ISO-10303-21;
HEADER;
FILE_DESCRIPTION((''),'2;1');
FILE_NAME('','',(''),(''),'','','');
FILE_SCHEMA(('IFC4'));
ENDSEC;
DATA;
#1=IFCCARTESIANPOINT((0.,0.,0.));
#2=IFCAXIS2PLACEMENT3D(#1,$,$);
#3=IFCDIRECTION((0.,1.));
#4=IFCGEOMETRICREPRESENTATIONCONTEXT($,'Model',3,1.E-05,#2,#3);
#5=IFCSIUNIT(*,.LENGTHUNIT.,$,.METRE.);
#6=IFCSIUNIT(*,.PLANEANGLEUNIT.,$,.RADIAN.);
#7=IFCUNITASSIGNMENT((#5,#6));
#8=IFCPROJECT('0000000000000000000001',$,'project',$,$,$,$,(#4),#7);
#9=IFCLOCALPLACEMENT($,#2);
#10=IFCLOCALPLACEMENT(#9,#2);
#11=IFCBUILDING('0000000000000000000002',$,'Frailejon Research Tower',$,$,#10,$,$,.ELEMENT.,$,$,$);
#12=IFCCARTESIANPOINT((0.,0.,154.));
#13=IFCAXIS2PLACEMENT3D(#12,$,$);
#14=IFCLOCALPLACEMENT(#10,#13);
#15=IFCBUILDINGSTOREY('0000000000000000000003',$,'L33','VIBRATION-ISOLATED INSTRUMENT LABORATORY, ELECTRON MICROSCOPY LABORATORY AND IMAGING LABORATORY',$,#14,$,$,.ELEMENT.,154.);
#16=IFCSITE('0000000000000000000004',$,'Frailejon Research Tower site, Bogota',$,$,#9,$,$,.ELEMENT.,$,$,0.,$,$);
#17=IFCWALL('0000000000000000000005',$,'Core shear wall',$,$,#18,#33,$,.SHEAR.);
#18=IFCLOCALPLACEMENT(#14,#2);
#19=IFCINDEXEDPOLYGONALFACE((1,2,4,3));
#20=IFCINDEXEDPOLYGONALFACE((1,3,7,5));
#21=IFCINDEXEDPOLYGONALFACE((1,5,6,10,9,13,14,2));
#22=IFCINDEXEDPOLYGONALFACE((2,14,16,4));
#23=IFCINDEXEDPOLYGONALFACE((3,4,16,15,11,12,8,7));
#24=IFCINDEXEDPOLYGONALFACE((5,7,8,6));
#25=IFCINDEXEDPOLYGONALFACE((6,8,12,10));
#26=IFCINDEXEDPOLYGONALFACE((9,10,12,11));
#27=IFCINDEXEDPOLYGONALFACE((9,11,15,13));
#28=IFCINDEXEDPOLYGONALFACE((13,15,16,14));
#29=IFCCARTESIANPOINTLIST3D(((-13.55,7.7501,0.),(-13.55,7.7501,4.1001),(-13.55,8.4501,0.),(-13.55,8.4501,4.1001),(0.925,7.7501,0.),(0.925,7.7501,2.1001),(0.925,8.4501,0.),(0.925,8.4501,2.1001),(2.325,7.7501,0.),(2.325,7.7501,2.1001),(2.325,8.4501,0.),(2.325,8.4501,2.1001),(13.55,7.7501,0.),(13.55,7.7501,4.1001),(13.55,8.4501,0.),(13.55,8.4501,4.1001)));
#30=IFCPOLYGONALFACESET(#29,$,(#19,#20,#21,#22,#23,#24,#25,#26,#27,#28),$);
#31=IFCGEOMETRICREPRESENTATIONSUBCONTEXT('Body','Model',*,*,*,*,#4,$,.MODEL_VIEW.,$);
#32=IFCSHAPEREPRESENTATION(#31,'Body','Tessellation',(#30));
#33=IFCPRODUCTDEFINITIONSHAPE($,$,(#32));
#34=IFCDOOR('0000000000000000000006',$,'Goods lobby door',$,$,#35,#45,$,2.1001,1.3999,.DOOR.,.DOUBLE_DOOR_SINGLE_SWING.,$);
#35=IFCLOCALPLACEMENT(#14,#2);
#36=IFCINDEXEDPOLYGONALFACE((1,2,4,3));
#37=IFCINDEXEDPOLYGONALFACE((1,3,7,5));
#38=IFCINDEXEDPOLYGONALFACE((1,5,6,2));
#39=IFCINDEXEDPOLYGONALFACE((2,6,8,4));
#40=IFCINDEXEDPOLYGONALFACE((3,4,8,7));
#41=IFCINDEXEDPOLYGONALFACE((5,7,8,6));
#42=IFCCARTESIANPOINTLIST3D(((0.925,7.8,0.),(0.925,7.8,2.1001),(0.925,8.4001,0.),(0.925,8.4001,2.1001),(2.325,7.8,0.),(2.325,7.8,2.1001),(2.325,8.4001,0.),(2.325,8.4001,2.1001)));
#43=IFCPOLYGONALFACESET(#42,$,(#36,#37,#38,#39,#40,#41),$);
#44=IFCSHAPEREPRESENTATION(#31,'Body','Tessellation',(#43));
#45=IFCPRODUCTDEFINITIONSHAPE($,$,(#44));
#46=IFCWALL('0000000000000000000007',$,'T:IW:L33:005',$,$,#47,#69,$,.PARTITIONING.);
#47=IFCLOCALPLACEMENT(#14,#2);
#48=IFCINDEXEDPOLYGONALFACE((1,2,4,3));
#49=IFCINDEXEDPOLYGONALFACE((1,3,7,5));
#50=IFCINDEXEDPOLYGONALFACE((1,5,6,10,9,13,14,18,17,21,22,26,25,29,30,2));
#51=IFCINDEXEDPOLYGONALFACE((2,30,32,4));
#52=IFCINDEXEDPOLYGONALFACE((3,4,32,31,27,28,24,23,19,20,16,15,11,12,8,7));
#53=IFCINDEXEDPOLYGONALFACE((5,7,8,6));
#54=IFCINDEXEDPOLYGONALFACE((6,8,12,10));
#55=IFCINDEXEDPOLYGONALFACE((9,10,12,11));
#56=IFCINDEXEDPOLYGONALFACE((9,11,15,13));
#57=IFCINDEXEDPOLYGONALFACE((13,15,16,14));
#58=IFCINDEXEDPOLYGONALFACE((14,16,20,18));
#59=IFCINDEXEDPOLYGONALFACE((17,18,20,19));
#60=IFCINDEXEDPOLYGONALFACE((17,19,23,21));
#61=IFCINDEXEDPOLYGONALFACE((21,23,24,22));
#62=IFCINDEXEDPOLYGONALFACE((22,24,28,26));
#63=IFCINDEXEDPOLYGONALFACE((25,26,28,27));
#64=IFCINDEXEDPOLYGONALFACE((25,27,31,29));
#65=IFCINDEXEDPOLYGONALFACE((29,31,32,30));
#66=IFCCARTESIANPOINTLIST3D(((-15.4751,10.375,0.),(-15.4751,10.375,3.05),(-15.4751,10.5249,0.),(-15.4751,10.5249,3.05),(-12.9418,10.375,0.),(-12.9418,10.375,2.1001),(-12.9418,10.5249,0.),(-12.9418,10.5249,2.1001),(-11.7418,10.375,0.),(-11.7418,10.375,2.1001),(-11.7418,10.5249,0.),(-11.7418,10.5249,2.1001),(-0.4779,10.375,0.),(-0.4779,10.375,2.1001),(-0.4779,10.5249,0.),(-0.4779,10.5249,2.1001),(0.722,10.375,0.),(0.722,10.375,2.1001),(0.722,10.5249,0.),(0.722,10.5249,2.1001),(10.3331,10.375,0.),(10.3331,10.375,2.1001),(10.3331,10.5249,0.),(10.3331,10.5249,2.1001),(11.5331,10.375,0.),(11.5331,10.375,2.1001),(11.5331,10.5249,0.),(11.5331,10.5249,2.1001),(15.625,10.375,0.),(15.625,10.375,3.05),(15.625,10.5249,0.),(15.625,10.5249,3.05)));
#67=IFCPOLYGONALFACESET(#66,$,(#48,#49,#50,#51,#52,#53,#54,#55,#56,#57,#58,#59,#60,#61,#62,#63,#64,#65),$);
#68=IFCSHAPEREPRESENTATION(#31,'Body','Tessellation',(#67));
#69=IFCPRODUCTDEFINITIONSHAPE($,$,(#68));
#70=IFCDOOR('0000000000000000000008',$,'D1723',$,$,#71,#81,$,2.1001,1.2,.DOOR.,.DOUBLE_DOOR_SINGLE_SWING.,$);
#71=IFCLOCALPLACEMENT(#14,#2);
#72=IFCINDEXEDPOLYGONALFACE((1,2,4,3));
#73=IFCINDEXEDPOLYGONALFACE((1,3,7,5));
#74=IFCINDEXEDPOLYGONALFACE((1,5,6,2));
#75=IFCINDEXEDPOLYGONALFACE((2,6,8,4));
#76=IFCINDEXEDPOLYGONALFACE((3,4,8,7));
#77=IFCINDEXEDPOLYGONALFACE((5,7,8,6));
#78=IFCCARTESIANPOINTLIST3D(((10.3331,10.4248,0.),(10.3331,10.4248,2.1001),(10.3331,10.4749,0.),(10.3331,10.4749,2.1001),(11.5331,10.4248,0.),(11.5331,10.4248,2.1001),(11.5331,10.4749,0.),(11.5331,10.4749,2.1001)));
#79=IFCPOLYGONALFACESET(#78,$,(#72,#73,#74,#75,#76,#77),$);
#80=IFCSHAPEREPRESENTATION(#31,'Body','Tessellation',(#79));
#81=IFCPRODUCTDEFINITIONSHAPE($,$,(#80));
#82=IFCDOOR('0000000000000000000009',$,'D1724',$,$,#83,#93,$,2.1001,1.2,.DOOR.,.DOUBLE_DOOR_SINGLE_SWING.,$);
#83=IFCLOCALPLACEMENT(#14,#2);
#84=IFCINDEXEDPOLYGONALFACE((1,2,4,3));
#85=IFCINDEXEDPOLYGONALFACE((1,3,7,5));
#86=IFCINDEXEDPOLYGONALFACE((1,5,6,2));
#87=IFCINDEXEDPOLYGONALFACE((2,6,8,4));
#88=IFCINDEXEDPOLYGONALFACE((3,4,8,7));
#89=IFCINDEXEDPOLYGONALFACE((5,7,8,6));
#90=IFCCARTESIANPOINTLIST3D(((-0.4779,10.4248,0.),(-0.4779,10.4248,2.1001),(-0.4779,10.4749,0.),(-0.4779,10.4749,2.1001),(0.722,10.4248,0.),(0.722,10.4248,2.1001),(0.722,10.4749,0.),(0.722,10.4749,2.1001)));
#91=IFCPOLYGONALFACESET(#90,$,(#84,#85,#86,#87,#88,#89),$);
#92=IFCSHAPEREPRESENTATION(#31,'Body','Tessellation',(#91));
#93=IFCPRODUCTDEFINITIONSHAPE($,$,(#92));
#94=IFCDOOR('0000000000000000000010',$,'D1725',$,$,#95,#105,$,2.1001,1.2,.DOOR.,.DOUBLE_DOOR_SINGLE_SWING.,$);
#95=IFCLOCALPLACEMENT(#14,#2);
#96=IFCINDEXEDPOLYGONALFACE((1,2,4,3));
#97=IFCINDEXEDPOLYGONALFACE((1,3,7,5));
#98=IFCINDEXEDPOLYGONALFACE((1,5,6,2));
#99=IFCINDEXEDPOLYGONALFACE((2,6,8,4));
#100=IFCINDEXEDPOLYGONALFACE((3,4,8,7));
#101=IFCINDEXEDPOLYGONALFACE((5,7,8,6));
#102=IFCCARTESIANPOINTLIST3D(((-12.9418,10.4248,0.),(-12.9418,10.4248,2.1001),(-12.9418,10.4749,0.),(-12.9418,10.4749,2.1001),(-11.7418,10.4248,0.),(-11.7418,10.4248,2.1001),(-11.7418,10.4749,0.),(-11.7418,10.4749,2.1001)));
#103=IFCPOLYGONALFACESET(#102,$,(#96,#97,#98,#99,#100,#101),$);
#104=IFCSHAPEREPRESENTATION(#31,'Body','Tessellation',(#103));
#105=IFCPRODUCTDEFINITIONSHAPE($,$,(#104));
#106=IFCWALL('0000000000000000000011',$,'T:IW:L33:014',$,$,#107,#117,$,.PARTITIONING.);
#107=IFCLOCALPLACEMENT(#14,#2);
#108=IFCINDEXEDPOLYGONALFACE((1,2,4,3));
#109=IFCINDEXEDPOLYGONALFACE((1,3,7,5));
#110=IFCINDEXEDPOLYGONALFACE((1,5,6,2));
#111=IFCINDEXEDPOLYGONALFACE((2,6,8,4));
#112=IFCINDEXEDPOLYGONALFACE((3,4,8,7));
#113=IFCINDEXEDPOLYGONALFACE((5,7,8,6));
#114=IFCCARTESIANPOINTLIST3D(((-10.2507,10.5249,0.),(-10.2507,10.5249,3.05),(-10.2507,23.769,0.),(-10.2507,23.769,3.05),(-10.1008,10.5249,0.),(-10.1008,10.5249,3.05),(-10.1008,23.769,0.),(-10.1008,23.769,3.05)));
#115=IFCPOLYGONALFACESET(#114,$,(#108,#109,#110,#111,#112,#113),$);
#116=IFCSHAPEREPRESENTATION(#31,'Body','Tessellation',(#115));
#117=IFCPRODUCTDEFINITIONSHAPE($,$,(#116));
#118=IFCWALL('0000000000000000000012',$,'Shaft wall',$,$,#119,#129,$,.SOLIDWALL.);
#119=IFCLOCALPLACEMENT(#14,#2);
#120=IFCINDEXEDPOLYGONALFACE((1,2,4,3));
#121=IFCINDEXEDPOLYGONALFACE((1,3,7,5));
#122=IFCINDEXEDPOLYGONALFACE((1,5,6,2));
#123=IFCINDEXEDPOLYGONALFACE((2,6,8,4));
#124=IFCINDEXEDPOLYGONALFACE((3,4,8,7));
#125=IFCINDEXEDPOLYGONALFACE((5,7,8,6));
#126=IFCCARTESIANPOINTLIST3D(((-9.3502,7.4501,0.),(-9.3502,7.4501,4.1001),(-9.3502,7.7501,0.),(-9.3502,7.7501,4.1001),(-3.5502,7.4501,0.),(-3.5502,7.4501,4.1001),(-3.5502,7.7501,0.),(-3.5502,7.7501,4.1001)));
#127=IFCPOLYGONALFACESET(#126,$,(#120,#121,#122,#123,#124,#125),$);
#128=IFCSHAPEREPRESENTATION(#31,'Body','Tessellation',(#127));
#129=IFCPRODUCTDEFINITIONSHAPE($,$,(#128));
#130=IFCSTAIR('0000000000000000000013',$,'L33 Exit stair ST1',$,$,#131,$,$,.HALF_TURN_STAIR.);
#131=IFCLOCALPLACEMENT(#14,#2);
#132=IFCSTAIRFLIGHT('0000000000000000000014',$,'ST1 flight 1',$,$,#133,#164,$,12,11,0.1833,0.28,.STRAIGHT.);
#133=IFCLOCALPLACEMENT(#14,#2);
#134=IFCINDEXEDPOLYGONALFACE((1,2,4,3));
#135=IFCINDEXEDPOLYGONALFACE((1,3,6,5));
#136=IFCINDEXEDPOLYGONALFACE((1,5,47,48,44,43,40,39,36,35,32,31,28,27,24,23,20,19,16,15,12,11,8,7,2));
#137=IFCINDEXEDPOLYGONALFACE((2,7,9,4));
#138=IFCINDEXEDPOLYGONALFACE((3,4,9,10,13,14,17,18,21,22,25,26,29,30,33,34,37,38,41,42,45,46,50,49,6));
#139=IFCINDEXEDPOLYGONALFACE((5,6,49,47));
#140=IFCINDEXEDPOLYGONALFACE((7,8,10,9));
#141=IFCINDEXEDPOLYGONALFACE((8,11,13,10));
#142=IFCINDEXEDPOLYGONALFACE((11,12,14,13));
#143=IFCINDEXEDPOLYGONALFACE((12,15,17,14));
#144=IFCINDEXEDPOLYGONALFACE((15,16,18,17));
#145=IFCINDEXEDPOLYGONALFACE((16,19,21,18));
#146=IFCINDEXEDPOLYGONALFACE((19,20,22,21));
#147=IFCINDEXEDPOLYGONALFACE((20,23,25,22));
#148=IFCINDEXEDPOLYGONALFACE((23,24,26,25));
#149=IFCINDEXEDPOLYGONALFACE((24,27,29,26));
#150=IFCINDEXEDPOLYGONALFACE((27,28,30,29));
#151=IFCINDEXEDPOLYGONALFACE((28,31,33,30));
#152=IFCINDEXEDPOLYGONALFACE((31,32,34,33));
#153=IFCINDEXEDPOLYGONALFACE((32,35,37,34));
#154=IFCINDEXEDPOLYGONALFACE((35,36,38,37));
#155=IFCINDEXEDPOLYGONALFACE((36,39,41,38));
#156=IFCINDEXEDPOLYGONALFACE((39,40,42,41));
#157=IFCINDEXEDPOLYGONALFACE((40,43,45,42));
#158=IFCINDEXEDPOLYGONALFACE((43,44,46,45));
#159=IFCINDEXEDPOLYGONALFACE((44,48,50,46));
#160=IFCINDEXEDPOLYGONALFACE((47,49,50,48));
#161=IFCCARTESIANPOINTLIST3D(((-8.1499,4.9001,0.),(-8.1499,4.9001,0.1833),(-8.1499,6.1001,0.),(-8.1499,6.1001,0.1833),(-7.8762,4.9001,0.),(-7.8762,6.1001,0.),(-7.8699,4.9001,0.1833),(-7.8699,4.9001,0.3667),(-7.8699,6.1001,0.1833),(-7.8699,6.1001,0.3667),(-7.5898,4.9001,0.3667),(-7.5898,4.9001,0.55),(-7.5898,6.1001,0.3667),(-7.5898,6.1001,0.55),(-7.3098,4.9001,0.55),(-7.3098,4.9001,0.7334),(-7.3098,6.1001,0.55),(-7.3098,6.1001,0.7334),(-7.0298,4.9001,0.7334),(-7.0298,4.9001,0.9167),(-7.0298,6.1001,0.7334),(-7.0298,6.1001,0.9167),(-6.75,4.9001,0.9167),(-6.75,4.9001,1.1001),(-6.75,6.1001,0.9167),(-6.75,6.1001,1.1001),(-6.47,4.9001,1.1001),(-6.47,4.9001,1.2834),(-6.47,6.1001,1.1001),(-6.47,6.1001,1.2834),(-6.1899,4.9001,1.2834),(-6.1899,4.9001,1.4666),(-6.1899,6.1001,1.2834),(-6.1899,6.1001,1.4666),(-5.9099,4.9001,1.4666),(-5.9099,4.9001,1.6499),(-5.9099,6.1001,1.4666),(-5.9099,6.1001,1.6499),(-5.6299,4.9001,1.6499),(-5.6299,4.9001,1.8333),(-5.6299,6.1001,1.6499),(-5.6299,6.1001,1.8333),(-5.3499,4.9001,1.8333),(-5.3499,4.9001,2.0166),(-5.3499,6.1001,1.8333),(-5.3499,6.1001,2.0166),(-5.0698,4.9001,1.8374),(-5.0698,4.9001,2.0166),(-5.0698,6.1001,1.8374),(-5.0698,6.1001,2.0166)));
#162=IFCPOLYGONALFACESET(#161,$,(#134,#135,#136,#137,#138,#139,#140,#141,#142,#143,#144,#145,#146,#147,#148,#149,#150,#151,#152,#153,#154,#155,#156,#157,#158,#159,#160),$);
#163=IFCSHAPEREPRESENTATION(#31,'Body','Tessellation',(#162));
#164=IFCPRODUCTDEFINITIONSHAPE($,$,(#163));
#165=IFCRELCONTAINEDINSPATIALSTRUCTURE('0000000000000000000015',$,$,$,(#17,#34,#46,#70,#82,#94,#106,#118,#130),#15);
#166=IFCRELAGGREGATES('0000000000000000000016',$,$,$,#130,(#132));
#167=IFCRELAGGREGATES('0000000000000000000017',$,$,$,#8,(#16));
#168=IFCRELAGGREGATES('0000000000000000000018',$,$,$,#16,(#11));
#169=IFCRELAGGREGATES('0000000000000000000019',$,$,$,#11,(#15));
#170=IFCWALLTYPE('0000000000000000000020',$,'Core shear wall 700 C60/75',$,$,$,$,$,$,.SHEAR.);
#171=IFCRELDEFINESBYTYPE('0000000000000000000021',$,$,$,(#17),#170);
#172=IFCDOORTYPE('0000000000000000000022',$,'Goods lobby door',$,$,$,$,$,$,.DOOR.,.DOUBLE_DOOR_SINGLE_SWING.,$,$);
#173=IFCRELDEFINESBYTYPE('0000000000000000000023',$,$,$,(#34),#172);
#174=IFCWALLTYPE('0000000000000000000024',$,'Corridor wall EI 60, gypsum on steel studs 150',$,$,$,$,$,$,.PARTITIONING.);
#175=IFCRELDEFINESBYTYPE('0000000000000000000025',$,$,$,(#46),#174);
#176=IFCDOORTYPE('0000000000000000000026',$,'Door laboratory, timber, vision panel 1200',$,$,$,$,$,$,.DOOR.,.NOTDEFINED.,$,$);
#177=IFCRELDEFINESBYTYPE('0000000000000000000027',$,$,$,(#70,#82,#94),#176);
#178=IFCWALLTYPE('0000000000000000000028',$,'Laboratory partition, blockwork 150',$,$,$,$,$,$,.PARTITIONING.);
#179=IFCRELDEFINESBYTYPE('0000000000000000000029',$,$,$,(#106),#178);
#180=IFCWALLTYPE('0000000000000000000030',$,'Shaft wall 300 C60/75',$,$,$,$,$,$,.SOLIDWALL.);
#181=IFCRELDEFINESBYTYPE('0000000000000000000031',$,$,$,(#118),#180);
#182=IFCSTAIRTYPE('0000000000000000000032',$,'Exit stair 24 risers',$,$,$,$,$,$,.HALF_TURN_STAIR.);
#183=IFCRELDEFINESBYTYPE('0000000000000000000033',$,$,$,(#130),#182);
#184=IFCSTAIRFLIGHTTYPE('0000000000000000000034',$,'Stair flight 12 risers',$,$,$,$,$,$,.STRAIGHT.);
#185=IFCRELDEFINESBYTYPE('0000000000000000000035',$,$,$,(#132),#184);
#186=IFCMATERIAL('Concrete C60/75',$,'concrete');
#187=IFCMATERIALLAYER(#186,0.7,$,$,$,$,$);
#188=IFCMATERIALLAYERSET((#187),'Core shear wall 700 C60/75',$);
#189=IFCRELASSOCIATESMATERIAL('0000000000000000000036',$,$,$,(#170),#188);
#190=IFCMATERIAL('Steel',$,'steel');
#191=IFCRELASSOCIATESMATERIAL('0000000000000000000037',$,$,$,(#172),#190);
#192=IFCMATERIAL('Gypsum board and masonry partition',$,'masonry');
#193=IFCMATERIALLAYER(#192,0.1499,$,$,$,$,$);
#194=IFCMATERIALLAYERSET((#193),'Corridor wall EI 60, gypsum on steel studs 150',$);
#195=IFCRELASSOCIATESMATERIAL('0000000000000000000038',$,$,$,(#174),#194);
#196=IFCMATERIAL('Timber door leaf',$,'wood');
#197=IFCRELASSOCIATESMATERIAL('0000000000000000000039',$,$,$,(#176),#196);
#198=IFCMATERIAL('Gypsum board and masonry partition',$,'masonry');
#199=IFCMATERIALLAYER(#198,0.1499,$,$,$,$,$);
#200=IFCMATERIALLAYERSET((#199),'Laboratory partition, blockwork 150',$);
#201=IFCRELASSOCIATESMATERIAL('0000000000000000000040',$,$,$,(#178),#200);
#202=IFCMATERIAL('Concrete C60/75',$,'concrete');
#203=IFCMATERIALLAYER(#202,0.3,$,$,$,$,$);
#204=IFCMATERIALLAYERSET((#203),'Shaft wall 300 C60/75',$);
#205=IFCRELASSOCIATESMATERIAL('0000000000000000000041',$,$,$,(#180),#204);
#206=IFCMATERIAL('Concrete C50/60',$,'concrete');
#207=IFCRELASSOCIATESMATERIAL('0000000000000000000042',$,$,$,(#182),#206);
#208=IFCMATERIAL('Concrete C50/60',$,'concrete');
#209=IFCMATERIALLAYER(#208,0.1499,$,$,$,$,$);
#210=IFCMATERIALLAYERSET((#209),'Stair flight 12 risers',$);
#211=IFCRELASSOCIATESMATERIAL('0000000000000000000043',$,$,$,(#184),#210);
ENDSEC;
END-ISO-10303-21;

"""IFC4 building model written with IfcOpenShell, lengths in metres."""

from ifc_helpers import new_model, si_unit, direction, frame, frame_2d, origin, place, context, subcontext, project, spatial, polyline, rectangle, outline, extrude, material, layer, layer_set, type_object, element, fill, aggregate, save


model = new_model("IFC4")

# Units and contexts
model_context = context("Model", 3, precision=1e-05, world=origin(), true_north=direction((0.0, 1.0)))
body_context = subcontext(model_context, "Body", "Model", "MODEL_VIEW")
ifc_project = project(units=[si_unit("LENGTHUNIT", "METRE"), si_unit("PLANEANGLEUNIT", "RADIAN")], contexts=[model_context])

# Site, building, storey
site_placement = place(None, origin())
site = spatial("IfcSite", under=ifc_project, at=site_placement, Name="Frailejon Research Tower site, Bogota", CompositionType="ELEMENT", RefElevation=0.0)
building_placement = place(site_placement, origin())
building = spatial("IfcBuilding", under=site, at=building_placement, Name="Frailejon Research Tower", CompositionType="ELEMENT")
storey_placement = place(building_placement, frame((0.0, 0.0, 154.0)))
storey = spatial("IfcBuildingStorey", under=building, at=storey_placement, Name="L33", Description="VIBRATION-ISOLATED INSTRUMENT LABORATORY, ELECTRON MICROSCOPY LABORATORY AND IMAGING LABORATORY", CompositionType="ELEMENT", Elevation=154.0)

# Wall, opening, door
ifc_material_1 = material(Name="Concrete C60/75", Category="concrete")
ifc_layer_1 = layer(ifc_material_1, 0.7)
ifc_layer_set_1 = layer_set([ifc_layer_1], Name="Core shear wall 700 C60/75")
wall_type_1 = type_object("IfcWallType", Name="Core shear wall 700 C60/75", PredefinedType="SHEAR", material=ifc_layer_set_1)
wall_1_placement = place(storey_placement, frame((-13.55, 8.1001, 0.0), z_axis=(0.0, 0.0, 1.0), x_axis=(1.0, 0.0, 0.0)))
wall_1 = element("IfcWall", 1, at=wall_1_placement, inside=storey, type_object=wall_type_1, Name="Core shear wall", PredefinedType="SHEAR", context=body_context, shape_type="SweptSolid", body=[
    extrude(rectangle(XDim=27.1001, YDim=0.7, at=frame_2d((13.55, 0.0))), origin(), (0.0, 0.0, 1.0), 4.1001),
])
opening_1_placement = place(wall_1_placement, frame((14.4751, 0.0, 0.0)))
opening_1 = element("IfcOpeningElement", 2, at=opening_1_placement, cuts=wall_1, PredefinedType="OPENING", context=body_context, shape_type="SweptSolid", body=[
    extrude(rectangle(XDim=1.3999, YDim=2.1001, at=frame_2d((0.7, 1.05))), frame((0.0, 0.3599, 0.0), z_axis=(0.0, -1.0, 0.0), x_axis=(1.0, 0.0, 0.0)), (0.0, 0.0, 1.0), 0.72),
])
ifc_material_2 = material(Name="Steel", Category="steel")
door_type_1 = type_object("IfcDoorType", Name="Goods lobby door", OperationType="DOUBLE_DOOR_SINGLE_SWING", PredefinedType="DOOR", material=ifc_material_2)
door_1_placement = place(opening_1_placement, origin())
door_1 = element("IfcDoor", 3, at=door_1_placement, inside=storey, type_object=door_type_1, Name="Goods lobby door", OperationType="DOUBLE_DOOR_SINGLE_SWING", OverallHeight=2.1001, OverallWidth=1.3999, PredefinedType="DOOR", context=body_context, shape_type="SweptSolid", body=[
    extrude(rectangle(XDim=1.3999, YDim=2.1001, at=frame_2d((0.7, 1.05))), frame((0.0, 0.3, 0.0), z_axis=(0.0, -1.0, 0.0), x_axis=(1.0, 0.0, 0.0)), (0.0, 0.0, 1.0), 0.6001),
])
fill(opening_1, door_1)

# Wall, openings, doors
ifc_material_3 = material(Name="Gypsum board and masonry partition", Category="masonry")
ifc_layer_2 = layer(ifc_material_3, 0.1499)
ifc_layer_set_2 = layer_set([ifc_layer_2], Name="Corridor wall EI 60, gypsum on steel studs 150")
wall_type_2 = type_object("IfcWallType", Name="Corridor wall EI 60, gypsum on steel studs 150", PredefinedType="PARTITIONING", material=ifc_layer_set_2)
wall_2_placement = place(storey_placement, frame((-15.4751, 10.45, 0.0), z_axis=(0.0, 0.0, 1.0), x_axis=(1.0, 0.0, 0.0)))
wall_2 = element("IfcWall", 4, at=wall_2_placement, inside=storey, type_object=wall_type_2, Name="T:IW:L33:005", PredefinedType="PARTITIONING", context=body_context, shape_type="SweptSolid", body=[
    extrude(rectangle(XDim=31.1001, YDim=0.1499, at=frame_2d((15.55, 0.0))), origin(), (0.0, 0.0, 1.0), 3.05),
])
opening_2_placement = place(wall_2_placement, frame((25.8081, 0.0, 0.0)))
opening_2 = element("IfcOpeningElement", 5, at=opening_2_placement, cuts=wall_2, PredefinedType="OPENING", context=body_context, shape_type="SweptSolid", body=[
    extrude(rectangle(XDim=1.2, YDim=2.1001, at=frame_2d((0.6001, 1.05))), frame((0.0, 0.085, 0.0), z_axis=(0.0, -1.0, 0.0), x_axis=(1.0, 0.0, 0.0)), (0.0, 0.0, 1.0), 0.1699),
])
opening_3_placement = place(wall_2_placement, frame((14.9971, 0.0, 0.0)))
opening_3 = element("IfcOpeningElement", 6, at=opening_3_placement, cuts=wall_2, PredefinedType="OPENING", context=body_context, shape_type="SweptSolid", body=[
    extrude(rectangle(XDim=1.2, YDim=2.1001, at=frame_2d((0.6001, 1.05))), frame((0.0, 0.085, 0.0), z_axis=(0.0, -1.0, 0.0), x_axis=(1.0, 0.0, 0.0)), (0.0, 0.0, 1.0), 0.1699),
])
opening_4_placement = place(wall_2_placement, frame((2.5332, 0.0, 0.0)))
opening_4 = element("IfcOpeningElement", 7, at=opening_4_placement, cuts=wall_2, PredefinedType="OPENING", context=body_context, shape_type="SweptSolid", body=[
    extrude(rectangle(XDim=1.2, YDim=2.1001, at=frame_2d((0.6001, 1.05))), frame((0.0, 0.085, 0.0), z_axis=(0.0, -1.0, 0.0), x_axis=(1.0, 0.0, 0.0)), (0.0, 0.0, 1.0), 0.1699),
])
ifc_material_4 = material(Name="Timber door leaf", Category="wood")
door_type_2 = type_object("IfcDoorType", Name="Door laboratory, timber, vision panel 1200", OperationType="NOTDEFINED", PredefinedType="DOOR", material=ifc_material_4)
door_2_placement = place(opening_2_placement, origin())
door_2 = element("IfcDoor", 8, at=door_2_placement, inside=storey, type_object=door_type_2, Name="D1723", OperationType="DOUBLE_DOOR_SINGLE_SWING", OverallHeight=2.1001, OverallWidth=1.2, PredefinedType="DOOR", context=body_context, shape_type="SweptSolid", body=[
    extrude(rectangle(XDim=1.2, YDim=2.1001, at=frame_2d((0.6001, 1.05))), frame((0.0, 0.0249, 0.0), z_axis=(0.0, -1.0, 0.0), x_axis=(1.0, 0.0, 0.0)), (0.0, 0.0, 1.0), 0.05),
])
fill(opening_2, door_2)
door_3_placement = place(opening_3_placement, origin())
door_3 = element("IfcDoor", 9, at=door_3_placement, inside=storey, type_object=door_type_2, Name="D1724", OperationType="DOUBLE_DOOR_SINGLE_SWING", OverallHeight=2.1001, OverallWidth=1.2, PredefinedType="DOOR", context=body_context, shape_type="SweptSolid", body=[
    extrude(rectangle(XDim=1.2, YDim=2.1001, at=frame_2d((0.6001, 1.05))), frame((0.0, 0.0249, 0.0), z_axis=(0.0, -1.0, 0.0), x_axis=(1.0, 0.0, 0.0)), (0.0, 0.0, 1.0), 0.05),
])
fill(opening_3, door_3)
door_4_placement = place(opening_4_placement, origin())
door_4 = element("IfcDoor", 10, at=door_4_placement, inside=storey, type_object=door_type_2, Name="D1725", OperationType="DOUBLE_DOOR_SINGLE_SWING", OverallHeight=2.1001, OverallWidth=1.2, PredefinedType="DOOR", context=body_context, shape_type="SweptSolid", body=[
    extrude(rectangle(XDim=1.2, YDim=2.1001, at=frame_2d((0.6001, 1.05))), frame((0.0, 0.0249, 0.0), z_axis=(0.0, -1.0, 0.0), x_axis=(1.0, 0.0, 0.0)), (0.0, 0.0, 1.0), 0.05),
])
fill(opening_4, door_4)

# Walls
ifc_material_5 = material(Name="Gypsum board and masonry partition", Category="masonry")
ifc_layer_3 = layer(ifc_material_5, 0.1499)
ifc_layer_set_3 = layer_set([ifc_layer_3], Name="Laboratory partition, blockwork 150")
wall_type_3 = type_object("IfcWallType", Name="Laboratory partition, blockwork 150", PredefinedType="PARTITIONING", material=ifc_layer_set_3)
wall_3_placement = place(storey_placement, frame((-10.1758, 10.5249, 0.0), z_axis=(0.0, 0.0, 1.0), x_axis=(0.0, 1.0, 0.0)))
element("IfcWall", 11, at=wall_3_placement, inside=storey, type_object=wall_type_3, Name="T:IW:L33:014", PredefinedType="PARTITIONING", context=body_context, shape_type="SweptSolid", body=[
    extrude(rectangle(XDim=13.2441, YDim=0.1499, at=frame_2d((6.6221, 0.0))), origin(), (0.0, 0.0, 1.0), 3.05),
])
ifc_material_6 = material(Name="Concrete C60/75", Category="concrete")
ifc_layer_4 = layer(ifc_material_6, 0.3)
ifc_layer_set_4 = layer_set([ifc_layer_4], Name="Shaft wall 300 C60/75")
wall_type_4 = type_object("IfcWallType", Name="Shaft wall 300 C60/75", PredefinedType="SOLIDWALL", material=ifc_layer_set_4)
wall_4_placement = place(storey_placement, frame((-9.3501, 7.6001, 0.0), z_axis=(0.0, 0.0, 1.0), x_axis=(1.0, 0.0, 0.0)))
element("IfcWall", 12, at=wall_4_placement, inside=storey, type_object=wall_type_4, Name="Shaft wall", PredefinedType="SOLIDWALL", context=body_context, shape_type="SweptSolid", body=[
    extrude(rectangle(XDim=5.8, YDim=0.3, at=frame_2d((2.8999, 0.0))), origin(), (0.0, 0.0, 1.0), 4.1001),
])

# Stair, stair flight
ifc_material_7 = material(Name="Concrete C50/60", Category="concrete")
stair_type = type_object("IfcStairType", Name="Exit stair 24 risers", PredefinedType="HALF_TURN_STAIR", material=ifc_material_7)
stair_placement = place(storey_placement, origin())
stair = element("IfcStair", 13, at=stair_placement, inside=storey, type_object=stair_type, Name="L33 Exit stair ST1", PredefinedType="HALF_TURN_STAIR")
ifc_material_8 = material(Name="Concrete C50/60", Category="concrete")
ifc_layer_5 = layer(ifc_material_8, 0.1499)
ifc_layer_set_5 = layer_set([ifc_layer_5], Name="Stair flight 12 risers")
stair_flight_type = type_object("IfcStairFlightType", Name="Stair flight 12 risers", PredefinedType="STRAIGHT", material=ifc_layer_set_5)
stair_flight_1_placement = place(storey_placement, frame((-8.1499, 5.5, 0.0), z_axis=(0.0, 0.0, 1.0), x_axis=(1.0, 0.0, 0.0)))
stair_flight_1 = element("IfcStairFlight", 14, at=stair_flight_1_placement, type_object=stair_flight_type, Name="ST1 flight 1", NumberOfRisers=12, NumberOfTreads=11, PredefinedType="STRAIGHT", RiserHeight=0.1833, TreadLength=0.28, context=body_context, shape_type="SweptSolid", body=[
    extrude(outline(polyline([(0.0, 0.0), (0.0, 0.1833), (0.28, 0.1833), (0.28, 0.3667), (0.5601, 0.3667), (0.5601, 0.55), (0.8401, 0.55), (0.8401, 0.7334), (1.1201, 0.7334), (1.1201, 0.9167), (1.3999, 0.9167), (1.3999, 1.1001), (1.6799, 1.1001), (1.6799, 1.2834), (1.96, 1.2834), (1.96, 1.4666), (2.24, 1.4666), (2.24, 1.6499), (2.52, 1.6499), (2.52, 1.8333), (2.8, 1.8333), (2.8, 2.0166), (3.0801, 2.0166), (3.0801, 2.2), (3.0801, 1.8374), (0.2737, 0.0), (0.0, 0.0)])), frame((0.0, 0.6001, 0.0), z_axis=(0.0, -1.0, 0.0), x_axis=(1.0, 0.0, 0.0)), (0.0, 0.0, 1.0), 1.2),
])
aggregate(stair, [stair_flight_1])

save(model, "model.ifc")
